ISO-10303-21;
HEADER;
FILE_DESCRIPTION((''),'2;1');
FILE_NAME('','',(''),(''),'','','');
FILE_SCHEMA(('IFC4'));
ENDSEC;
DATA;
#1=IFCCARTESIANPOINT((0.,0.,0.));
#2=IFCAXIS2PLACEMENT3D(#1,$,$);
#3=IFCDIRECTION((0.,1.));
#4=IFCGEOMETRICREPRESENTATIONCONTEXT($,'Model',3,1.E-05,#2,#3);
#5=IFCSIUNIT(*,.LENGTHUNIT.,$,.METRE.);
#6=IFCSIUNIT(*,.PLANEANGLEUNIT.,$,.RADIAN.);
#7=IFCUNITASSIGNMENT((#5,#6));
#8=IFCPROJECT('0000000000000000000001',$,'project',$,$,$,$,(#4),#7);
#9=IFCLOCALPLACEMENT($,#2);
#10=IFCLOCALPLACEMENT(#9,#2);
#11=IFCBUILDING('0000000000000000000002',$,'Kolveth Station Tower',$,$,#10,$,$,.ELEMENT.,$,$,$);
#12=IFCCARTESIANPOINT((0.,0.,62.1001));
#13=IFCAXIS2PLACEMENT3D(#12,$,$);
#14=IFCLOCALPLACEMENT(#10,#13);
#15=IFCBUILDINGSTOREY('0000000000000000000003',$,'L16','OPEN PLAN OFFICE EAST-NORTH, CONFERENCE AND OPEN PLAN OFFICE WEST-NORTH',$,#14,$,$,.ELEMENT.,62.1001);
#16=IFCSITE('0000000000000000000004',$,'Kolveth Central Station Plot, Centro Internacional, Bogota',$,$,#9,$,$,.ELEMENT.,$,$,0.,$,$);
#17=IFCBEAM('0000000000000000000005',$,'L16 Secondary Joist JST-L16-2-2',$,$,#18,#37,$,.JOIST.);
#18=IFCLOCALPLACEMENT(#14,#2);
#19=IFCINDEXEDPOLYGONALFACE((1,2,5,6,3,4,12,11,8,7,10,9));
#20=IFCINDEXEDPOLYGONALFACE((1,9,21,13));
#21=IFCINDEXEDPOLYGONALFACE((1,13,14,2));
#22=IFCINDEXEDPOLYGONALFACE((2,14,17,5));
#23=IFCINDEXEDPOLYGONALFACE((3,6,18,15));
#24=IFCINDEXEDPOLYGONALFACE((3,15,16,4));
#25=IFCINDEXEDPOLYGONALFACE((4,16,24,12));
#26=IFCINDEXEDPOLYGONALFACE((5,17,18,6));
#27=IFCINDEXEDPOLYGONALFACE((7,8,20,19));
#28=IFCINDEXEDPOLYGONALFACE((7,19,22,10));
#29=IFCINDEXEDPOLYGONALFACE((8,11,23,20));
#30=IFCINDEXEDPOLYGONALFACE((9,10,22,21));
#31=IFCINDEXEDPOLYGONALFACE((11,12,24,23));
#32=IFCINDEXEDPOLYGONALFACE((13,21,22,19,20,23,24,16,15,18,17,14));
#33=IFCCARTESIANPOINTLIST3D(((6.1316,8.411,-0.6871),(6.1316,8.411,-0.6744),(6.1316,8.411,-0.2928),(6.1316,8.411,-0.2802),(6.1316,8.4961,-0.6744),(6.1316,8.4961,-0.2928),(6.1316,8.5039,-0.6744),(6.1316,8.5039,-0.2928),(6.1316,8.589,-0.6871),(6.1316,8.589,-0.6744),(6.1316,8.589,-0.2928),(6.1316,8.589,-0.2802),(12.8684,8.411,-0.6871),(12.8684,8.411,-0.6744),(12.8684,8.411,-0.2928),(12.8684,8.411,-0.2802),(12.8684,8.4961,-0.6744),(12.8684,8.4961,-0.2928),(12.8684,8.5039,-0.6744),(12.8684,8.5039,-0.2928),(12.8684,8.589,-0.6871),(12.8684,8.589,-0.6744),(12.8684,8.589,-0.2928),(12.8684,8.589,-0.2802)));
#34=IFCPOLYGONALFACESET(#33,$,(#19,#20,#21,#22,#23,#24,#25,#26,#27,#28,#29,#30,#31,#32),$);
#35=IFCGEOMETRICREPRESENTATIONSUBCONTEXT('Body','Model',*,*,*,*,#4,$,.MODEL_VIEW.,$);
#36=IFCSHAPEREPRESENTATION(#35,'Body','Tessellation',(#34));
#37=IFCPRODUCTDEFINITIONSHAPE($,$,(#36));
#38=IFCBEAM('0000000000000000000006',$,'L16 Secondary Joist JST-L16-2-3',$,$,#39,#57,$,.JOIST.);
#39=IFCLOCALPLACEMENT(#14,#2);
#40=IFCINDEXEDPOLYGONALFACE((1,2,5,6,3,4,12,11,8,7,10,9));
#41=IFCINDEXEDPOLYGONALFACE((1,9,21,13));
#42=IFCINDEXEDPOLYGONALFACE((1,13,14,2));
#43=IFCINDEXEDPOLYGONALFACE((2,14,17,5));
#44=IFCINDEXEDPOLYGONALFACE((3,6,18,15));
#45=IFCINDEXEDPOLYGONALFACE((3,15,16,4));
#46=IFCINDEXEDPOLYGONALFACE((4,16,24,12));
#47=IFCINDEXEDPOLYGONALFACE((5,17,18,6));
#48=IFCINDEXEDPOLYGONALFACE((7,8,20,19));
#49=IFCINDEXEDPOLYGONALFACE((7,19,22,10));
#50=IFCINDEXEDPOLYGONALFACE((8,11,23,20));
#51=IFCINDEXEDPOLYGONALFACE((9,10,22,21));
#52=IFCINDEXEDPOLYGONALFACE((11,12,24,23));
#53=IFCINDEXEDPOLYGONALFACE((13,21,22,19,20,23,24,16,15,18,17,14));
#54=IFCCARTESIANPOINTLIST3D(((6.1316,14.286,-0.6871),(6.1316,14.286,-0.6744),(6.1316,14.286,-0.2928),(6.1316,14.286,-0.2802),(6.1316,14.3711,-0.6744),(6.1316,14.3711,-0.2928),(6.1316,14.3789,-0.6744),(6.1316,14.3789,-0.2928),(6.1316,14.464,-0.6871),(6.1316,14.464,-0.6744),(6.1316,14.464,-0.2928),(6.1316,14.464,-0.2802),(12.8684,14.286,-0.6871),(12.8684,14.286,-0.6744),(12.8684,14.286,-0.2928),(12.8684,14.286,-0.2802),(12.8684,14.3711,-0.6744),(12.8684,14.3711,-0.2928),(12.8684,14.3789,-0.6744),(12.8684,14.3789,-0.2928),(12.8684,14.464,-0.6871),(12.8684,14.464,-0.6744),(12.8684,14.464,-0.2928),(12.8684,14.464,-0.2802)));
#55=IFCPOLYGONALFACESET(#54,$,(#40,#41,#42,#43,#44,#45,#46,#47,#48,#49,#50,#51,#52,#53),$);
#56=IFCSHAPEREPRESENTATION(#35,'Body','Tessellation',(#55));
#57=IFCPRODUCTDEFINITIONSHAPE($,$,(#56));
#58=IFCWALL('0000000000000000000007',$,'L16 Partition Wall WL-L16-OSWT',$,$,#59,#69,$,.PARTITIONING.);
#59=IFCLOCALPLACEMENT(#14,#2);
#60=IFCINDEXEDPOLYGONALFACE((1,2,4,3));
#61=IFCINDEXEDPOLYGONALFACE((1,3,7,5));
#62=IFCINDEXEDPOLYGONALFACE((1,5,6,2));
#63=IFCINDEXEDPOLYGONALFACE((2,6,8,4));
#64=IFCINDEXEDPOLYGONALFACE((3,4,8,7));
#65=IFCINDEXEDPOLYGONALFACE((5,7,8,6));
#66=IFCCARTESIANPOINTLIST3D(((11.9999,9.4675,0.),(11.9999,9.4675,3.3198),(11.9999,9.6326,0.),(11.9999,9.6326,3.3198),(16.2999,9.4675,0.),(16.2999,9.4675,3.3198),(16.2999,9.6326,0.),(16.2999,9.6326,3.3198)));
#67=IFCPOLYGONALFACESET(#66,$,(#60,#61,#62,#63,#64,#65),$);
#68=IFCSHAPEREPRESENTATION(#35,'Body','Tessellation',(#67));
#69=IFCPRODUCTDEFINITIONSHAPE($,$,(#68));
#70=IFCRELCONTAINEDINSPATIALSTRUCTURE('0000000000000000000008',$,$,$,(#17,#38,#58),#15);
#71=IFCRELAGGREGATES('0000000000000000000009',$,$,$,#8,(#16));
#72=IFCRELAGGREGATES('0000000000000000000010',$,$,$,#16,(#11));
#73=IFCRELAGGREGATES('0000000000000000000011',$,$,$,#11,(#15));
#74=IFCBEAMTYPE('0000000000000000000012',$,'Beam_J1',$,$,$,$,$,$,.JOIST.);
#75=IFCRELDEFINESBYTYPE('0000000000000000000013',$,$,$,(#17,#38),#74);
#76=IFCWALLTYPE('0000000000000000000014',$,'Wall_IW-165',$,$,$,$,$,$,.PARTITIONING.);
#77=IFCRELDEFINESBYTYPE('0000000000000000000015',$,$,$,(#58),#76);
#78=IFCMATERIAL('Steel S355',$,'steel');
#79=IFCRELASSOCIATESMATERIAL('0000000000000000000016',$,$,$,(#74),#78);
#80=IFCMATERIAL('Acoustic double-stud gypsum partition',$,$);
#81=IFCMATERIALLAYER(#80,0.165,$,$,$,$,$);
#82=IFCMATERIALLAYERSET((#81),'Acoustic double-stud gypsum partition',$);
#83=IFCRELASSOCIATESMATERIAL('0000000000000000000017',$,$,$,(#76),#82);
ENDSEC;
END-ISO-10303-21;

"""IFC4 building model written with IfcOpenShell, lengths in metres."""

from ifc_helpers import new_model, si_unit, direction, frame, frame_2d, origin, origin_2d, place, context, subcontext, project, spatial, rectangle, i_section, extrude, source, transform, mapped, material, layer, layer_set, material_profile, profile_set, type_object, element, save


model = new_model("IFC4")

# Units and contexts
model_context = context("Model", 3, precision=1e-05, world=origin(), true_north=direction((0.0, 1.0)))
body_context = subcontext(model_context, "Body", "Model", "MODEL_VIEW")
ifc_project = project(units=[si_unit("LENGTHUNIT", "METRE"), si_unit("PLANEANGLEUNIT", "RADIAN")], contexts=[model_context])

# Site, building, storey
site_placement = place(None, origin())
site = spatial("IfcSite", under=ifc_project, at=site_placement, Name="Kolveth Central Station Plot, Centro Internacional, Bogota", CompositionType="ELEMENT", RefElevation=0.0)
building_placement = place(site_placement, origin())
building = spatial("IfcBuilding", under=site, at=building_placement, Name="Kolveth Station Tower", CompositionType="ELEMENT")
storey_placement = place(building_placement, frame((0.0, 0.0, 62.1001)))
storey = spatial("IfcBuildingStorey", under=building, at=storey_placement, Name="L16", Description="OPEN PLAN OFFICE EAST-NORTH, CONFERENCE AND OPEN PLAN OFFICE WEST-NORTH", CompositionType="ELEMENT", Elevation=62.1001)

# Beams
ifc_material_1 = material(Name="Steel S355", Category="steel")
ifc_material_profile_1 = material_profile(ifc_material_1, i_section(OverallWidth=0.178, OverallDepth=0.407, WebThickness=0.0078, FlangeThickness=0.0127, at=origin_2d()), Name="W410x60")
ifc_profile_set_1 = profile_set([ifc_material_profile_1], Name="Steel S355")
beam_type_1 = type_object("IfcBeamType", Name="Beam_J1", PredefinedType="JOIST", material=ifc_profile_set_1)
shared_shape_1 = source(origin(), body_context, "Body", "SweptSolid", [
    extrude(i_section(OverallWidth=0.178, OverallDepth=0.407, WebThickness=0.0078, FlangeThickness=0.0127, at=origin_2d()), origin(), (0.0, 0.0, 1.0), 6.7368),
])
for number, where, z_axis, x_axis, name in (
    (1, (6.1316, 8.5, -0.4836), (1.0, 0.0, 0.0), (0.0, 1.0, 0.0), "L16 Secondary Joist JST-L16-2-2"),
    (2, (6.1316, 14.375, -0.4836), (1.0, 0.0, 0.0), (0.0, 1.0, 0.0), "L16 Secondary Joist JST-L16-2-3"),
):
    element("IfcBeam", number, at=place(storey_placement, frame(where, z_axis=z_axis, x_axis=x_axis)), inside=storey, type_object=beam_type_1, Name=name, PredefinedType="JOIST", context=body_context, shape_type="MappedRepresentation", body=[
        mapped(shared_shape_1, transform((0.0, 0.0, 0.0), x_axis=(1.0, 0.0, 0.0), y_axis=(0.0, 1.0, 0.0), z_axis=(0.0, 0.0, 1.0), scale=1.0)),
    ])

# Wall
ifc_material_2 = material(Name="Acoustic double-stud gypsum partition")
ifc_layer = layer(ifc_material_2, 0.165)
ifc_layer_set = layer_set([ifc_layer], Name="Acoustic double-stud gypsum partition")
wall_type = type_object("IfcWallType", Name="Wall_IW-165", PredefinedType="PARTITIONING", material=ifc_layer_set)
wall_placement = place(storey_placement, frame((12.0, 9.55, 0.0), z_axis=(0.0, 0.0, 1.0), x_axis=(1.0, 0.0, 0.0)))
element("IfcWall", 3, at=wall_placement, inside=storey, type_object=wall_type, Name="L16 Partition Wall WL-L16-OSWT", PredefinedType="PARTITIONING", context=body_context, shape_type="SweptSolid", body=[
    extrude(rectangle(XDim=4.3, YDim=0.165, at=frame_2d((2.1499, 0.0))), origin(), (0.0, 0.0, 1.0), 3.3198),
])

save(model, "model.ifc")
